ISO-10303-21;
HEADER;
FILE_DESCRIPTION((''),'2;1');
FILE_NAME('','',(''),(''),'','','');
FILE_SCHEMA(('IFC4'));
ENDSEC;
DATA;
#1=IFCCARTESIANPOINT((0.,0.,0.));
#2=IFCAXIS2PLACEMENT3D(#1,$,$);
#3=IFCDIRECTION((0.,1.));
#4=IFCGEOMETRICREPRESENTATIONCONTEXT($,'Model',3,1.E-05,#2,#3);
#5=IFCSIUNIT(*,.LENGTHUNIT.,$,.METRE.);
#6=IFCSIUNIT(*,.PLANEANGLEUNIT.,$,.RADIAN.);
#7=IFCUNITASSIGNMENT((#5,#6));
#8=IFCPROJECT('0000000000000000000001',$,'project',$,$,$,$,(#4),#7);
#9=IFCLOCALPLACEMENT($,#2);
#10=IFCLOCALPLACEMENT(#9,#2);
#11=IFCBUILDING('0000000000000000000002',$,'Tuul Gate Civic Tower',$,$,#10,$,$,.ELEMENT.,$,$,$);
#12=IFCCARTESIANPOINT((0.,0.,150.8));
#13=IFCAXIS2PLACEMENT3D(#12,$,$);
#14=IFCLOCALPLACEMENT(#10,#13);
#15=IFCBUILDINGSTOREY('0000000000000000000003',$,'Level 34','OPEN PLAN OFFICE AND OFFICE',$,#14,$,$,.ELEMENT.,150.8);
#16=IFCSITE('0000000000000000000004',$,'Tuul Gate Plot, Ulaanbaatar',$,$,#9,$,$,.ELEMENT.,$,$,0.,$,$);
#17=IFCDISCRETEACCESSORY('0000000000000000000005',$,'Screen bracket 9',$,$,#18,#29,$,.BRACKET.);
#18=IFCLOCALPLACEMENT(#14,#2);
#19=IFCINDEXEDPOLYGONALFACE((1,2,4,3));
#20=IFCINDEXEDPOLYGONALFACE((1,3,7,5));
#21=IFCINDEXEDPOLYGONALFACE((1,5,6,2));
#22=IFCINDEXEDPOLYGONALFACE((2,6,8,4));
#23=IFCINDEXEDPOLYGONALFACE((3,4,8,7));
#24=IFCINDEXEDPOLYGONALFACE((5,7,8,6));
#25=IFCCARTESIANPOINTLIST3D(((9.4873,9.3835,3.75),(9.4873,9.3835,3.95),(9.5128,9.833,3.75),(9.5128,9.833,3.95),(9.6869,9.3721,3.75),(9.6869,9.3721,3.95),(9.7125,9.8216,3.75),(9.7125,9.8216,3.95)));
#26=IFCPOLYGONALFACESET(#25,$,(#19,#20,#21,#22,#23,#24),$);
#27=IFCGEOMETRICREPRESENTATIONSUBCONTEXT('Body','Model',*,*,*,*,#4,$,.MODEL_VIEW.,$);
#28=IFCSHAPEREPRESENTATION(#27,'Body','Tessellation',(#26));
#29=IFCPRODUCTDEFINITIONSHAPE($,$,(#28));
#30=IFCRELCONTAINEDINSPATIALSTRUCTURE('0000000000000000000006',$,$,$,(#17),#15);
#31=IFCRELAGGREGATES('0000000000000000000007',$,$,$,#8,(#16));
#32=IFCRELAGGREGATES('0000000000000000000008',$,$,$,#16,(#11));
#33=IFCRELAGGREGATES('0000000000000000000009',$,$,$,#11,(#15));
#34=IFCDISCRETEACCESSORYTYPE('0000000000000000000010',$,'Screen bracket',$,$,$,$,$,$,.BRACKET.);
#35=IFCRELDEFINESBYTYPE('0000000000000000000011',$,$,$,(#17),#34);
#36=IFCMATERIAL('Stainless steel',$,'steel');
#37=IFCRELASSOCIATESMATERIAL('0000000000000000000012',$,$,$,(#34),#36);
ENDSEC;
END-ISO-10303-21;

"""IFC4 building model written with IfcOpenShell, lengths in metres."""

from ifc_helpers import new_model, si_unit, direction, frame, origin, origin_2d, place, context, subcontext, project, spatial, rectangle, extrude, material, type_object, element, save


model = new_model("IFC4")

# Units and contexts
model_context = context("Model", 3, precision=1e-05, world=origin(), true_north=direction((0.0, 1.0)))
body_context = subcontext(model_context, "Body", "Model", "MODEL_VIEW")
ifc_project = project(units=[si_unit("LENGTHUNIT", "METRE"), si_unit("PLANEANGLEUNIT", "RADIAN")], contexts=[model_context])

# Site, building, storey
site_placement = place(None, origin())
site = spatial("IfcSite", under=ifc_project, at=site_placement, Name="Tuul Gate Plot, Ulaanbaatar", CompositionType="ELEMENT", RefElevation=0.0)
building_placement = place(site_placement, origin())
building = spatial("IfcBuilding", under=site, at=building_placement, Name="Tuul Gate Civic Tower", CompositionType="ELEMENT")
storey_placement = place(building_placement, frame((0.0, 0.0, 150.8)))
storey = spatial("IfcBuildingStorey", under=building, at=storey_placement, Name="Level 34", Description="OPEN PLAN OFFICE AND OFFICE", CompositionType="ELEMENT", Elevation=150.8)

# Discrete accessory
ifc_material_1 = material(Name="Stainless steel", Category="steel")
discrete_accessory_type = type_object("IfcDiscreteAccessoryType", Name="Screen bracket", PredefinedType="BRACKET", material=ifc_material_1)
discrete_accessory_placement = place(storey_placement, frame((9.5999, 9.6025, 3.75), z_axis=(0.0, 0.0, 1.0), x_axis=(0.056808, 0.998385, 0.0)))
element("IfcDiscreteAccessory", 1, at=discrete_accessory_placement, inside=storey, type_object=discrete_accessory_type, Name="Screen bracket 9", PredefinedType="BRACKET", context=body_context, shape_type="SweptSolid", body=[
    extrude(rectangle(XDim=0.4502, YDim=0.2, at=origin_2d()), origin(), (0.0, 0.0, 1.0), 0.2),
])

save(model, "model.ifc")
